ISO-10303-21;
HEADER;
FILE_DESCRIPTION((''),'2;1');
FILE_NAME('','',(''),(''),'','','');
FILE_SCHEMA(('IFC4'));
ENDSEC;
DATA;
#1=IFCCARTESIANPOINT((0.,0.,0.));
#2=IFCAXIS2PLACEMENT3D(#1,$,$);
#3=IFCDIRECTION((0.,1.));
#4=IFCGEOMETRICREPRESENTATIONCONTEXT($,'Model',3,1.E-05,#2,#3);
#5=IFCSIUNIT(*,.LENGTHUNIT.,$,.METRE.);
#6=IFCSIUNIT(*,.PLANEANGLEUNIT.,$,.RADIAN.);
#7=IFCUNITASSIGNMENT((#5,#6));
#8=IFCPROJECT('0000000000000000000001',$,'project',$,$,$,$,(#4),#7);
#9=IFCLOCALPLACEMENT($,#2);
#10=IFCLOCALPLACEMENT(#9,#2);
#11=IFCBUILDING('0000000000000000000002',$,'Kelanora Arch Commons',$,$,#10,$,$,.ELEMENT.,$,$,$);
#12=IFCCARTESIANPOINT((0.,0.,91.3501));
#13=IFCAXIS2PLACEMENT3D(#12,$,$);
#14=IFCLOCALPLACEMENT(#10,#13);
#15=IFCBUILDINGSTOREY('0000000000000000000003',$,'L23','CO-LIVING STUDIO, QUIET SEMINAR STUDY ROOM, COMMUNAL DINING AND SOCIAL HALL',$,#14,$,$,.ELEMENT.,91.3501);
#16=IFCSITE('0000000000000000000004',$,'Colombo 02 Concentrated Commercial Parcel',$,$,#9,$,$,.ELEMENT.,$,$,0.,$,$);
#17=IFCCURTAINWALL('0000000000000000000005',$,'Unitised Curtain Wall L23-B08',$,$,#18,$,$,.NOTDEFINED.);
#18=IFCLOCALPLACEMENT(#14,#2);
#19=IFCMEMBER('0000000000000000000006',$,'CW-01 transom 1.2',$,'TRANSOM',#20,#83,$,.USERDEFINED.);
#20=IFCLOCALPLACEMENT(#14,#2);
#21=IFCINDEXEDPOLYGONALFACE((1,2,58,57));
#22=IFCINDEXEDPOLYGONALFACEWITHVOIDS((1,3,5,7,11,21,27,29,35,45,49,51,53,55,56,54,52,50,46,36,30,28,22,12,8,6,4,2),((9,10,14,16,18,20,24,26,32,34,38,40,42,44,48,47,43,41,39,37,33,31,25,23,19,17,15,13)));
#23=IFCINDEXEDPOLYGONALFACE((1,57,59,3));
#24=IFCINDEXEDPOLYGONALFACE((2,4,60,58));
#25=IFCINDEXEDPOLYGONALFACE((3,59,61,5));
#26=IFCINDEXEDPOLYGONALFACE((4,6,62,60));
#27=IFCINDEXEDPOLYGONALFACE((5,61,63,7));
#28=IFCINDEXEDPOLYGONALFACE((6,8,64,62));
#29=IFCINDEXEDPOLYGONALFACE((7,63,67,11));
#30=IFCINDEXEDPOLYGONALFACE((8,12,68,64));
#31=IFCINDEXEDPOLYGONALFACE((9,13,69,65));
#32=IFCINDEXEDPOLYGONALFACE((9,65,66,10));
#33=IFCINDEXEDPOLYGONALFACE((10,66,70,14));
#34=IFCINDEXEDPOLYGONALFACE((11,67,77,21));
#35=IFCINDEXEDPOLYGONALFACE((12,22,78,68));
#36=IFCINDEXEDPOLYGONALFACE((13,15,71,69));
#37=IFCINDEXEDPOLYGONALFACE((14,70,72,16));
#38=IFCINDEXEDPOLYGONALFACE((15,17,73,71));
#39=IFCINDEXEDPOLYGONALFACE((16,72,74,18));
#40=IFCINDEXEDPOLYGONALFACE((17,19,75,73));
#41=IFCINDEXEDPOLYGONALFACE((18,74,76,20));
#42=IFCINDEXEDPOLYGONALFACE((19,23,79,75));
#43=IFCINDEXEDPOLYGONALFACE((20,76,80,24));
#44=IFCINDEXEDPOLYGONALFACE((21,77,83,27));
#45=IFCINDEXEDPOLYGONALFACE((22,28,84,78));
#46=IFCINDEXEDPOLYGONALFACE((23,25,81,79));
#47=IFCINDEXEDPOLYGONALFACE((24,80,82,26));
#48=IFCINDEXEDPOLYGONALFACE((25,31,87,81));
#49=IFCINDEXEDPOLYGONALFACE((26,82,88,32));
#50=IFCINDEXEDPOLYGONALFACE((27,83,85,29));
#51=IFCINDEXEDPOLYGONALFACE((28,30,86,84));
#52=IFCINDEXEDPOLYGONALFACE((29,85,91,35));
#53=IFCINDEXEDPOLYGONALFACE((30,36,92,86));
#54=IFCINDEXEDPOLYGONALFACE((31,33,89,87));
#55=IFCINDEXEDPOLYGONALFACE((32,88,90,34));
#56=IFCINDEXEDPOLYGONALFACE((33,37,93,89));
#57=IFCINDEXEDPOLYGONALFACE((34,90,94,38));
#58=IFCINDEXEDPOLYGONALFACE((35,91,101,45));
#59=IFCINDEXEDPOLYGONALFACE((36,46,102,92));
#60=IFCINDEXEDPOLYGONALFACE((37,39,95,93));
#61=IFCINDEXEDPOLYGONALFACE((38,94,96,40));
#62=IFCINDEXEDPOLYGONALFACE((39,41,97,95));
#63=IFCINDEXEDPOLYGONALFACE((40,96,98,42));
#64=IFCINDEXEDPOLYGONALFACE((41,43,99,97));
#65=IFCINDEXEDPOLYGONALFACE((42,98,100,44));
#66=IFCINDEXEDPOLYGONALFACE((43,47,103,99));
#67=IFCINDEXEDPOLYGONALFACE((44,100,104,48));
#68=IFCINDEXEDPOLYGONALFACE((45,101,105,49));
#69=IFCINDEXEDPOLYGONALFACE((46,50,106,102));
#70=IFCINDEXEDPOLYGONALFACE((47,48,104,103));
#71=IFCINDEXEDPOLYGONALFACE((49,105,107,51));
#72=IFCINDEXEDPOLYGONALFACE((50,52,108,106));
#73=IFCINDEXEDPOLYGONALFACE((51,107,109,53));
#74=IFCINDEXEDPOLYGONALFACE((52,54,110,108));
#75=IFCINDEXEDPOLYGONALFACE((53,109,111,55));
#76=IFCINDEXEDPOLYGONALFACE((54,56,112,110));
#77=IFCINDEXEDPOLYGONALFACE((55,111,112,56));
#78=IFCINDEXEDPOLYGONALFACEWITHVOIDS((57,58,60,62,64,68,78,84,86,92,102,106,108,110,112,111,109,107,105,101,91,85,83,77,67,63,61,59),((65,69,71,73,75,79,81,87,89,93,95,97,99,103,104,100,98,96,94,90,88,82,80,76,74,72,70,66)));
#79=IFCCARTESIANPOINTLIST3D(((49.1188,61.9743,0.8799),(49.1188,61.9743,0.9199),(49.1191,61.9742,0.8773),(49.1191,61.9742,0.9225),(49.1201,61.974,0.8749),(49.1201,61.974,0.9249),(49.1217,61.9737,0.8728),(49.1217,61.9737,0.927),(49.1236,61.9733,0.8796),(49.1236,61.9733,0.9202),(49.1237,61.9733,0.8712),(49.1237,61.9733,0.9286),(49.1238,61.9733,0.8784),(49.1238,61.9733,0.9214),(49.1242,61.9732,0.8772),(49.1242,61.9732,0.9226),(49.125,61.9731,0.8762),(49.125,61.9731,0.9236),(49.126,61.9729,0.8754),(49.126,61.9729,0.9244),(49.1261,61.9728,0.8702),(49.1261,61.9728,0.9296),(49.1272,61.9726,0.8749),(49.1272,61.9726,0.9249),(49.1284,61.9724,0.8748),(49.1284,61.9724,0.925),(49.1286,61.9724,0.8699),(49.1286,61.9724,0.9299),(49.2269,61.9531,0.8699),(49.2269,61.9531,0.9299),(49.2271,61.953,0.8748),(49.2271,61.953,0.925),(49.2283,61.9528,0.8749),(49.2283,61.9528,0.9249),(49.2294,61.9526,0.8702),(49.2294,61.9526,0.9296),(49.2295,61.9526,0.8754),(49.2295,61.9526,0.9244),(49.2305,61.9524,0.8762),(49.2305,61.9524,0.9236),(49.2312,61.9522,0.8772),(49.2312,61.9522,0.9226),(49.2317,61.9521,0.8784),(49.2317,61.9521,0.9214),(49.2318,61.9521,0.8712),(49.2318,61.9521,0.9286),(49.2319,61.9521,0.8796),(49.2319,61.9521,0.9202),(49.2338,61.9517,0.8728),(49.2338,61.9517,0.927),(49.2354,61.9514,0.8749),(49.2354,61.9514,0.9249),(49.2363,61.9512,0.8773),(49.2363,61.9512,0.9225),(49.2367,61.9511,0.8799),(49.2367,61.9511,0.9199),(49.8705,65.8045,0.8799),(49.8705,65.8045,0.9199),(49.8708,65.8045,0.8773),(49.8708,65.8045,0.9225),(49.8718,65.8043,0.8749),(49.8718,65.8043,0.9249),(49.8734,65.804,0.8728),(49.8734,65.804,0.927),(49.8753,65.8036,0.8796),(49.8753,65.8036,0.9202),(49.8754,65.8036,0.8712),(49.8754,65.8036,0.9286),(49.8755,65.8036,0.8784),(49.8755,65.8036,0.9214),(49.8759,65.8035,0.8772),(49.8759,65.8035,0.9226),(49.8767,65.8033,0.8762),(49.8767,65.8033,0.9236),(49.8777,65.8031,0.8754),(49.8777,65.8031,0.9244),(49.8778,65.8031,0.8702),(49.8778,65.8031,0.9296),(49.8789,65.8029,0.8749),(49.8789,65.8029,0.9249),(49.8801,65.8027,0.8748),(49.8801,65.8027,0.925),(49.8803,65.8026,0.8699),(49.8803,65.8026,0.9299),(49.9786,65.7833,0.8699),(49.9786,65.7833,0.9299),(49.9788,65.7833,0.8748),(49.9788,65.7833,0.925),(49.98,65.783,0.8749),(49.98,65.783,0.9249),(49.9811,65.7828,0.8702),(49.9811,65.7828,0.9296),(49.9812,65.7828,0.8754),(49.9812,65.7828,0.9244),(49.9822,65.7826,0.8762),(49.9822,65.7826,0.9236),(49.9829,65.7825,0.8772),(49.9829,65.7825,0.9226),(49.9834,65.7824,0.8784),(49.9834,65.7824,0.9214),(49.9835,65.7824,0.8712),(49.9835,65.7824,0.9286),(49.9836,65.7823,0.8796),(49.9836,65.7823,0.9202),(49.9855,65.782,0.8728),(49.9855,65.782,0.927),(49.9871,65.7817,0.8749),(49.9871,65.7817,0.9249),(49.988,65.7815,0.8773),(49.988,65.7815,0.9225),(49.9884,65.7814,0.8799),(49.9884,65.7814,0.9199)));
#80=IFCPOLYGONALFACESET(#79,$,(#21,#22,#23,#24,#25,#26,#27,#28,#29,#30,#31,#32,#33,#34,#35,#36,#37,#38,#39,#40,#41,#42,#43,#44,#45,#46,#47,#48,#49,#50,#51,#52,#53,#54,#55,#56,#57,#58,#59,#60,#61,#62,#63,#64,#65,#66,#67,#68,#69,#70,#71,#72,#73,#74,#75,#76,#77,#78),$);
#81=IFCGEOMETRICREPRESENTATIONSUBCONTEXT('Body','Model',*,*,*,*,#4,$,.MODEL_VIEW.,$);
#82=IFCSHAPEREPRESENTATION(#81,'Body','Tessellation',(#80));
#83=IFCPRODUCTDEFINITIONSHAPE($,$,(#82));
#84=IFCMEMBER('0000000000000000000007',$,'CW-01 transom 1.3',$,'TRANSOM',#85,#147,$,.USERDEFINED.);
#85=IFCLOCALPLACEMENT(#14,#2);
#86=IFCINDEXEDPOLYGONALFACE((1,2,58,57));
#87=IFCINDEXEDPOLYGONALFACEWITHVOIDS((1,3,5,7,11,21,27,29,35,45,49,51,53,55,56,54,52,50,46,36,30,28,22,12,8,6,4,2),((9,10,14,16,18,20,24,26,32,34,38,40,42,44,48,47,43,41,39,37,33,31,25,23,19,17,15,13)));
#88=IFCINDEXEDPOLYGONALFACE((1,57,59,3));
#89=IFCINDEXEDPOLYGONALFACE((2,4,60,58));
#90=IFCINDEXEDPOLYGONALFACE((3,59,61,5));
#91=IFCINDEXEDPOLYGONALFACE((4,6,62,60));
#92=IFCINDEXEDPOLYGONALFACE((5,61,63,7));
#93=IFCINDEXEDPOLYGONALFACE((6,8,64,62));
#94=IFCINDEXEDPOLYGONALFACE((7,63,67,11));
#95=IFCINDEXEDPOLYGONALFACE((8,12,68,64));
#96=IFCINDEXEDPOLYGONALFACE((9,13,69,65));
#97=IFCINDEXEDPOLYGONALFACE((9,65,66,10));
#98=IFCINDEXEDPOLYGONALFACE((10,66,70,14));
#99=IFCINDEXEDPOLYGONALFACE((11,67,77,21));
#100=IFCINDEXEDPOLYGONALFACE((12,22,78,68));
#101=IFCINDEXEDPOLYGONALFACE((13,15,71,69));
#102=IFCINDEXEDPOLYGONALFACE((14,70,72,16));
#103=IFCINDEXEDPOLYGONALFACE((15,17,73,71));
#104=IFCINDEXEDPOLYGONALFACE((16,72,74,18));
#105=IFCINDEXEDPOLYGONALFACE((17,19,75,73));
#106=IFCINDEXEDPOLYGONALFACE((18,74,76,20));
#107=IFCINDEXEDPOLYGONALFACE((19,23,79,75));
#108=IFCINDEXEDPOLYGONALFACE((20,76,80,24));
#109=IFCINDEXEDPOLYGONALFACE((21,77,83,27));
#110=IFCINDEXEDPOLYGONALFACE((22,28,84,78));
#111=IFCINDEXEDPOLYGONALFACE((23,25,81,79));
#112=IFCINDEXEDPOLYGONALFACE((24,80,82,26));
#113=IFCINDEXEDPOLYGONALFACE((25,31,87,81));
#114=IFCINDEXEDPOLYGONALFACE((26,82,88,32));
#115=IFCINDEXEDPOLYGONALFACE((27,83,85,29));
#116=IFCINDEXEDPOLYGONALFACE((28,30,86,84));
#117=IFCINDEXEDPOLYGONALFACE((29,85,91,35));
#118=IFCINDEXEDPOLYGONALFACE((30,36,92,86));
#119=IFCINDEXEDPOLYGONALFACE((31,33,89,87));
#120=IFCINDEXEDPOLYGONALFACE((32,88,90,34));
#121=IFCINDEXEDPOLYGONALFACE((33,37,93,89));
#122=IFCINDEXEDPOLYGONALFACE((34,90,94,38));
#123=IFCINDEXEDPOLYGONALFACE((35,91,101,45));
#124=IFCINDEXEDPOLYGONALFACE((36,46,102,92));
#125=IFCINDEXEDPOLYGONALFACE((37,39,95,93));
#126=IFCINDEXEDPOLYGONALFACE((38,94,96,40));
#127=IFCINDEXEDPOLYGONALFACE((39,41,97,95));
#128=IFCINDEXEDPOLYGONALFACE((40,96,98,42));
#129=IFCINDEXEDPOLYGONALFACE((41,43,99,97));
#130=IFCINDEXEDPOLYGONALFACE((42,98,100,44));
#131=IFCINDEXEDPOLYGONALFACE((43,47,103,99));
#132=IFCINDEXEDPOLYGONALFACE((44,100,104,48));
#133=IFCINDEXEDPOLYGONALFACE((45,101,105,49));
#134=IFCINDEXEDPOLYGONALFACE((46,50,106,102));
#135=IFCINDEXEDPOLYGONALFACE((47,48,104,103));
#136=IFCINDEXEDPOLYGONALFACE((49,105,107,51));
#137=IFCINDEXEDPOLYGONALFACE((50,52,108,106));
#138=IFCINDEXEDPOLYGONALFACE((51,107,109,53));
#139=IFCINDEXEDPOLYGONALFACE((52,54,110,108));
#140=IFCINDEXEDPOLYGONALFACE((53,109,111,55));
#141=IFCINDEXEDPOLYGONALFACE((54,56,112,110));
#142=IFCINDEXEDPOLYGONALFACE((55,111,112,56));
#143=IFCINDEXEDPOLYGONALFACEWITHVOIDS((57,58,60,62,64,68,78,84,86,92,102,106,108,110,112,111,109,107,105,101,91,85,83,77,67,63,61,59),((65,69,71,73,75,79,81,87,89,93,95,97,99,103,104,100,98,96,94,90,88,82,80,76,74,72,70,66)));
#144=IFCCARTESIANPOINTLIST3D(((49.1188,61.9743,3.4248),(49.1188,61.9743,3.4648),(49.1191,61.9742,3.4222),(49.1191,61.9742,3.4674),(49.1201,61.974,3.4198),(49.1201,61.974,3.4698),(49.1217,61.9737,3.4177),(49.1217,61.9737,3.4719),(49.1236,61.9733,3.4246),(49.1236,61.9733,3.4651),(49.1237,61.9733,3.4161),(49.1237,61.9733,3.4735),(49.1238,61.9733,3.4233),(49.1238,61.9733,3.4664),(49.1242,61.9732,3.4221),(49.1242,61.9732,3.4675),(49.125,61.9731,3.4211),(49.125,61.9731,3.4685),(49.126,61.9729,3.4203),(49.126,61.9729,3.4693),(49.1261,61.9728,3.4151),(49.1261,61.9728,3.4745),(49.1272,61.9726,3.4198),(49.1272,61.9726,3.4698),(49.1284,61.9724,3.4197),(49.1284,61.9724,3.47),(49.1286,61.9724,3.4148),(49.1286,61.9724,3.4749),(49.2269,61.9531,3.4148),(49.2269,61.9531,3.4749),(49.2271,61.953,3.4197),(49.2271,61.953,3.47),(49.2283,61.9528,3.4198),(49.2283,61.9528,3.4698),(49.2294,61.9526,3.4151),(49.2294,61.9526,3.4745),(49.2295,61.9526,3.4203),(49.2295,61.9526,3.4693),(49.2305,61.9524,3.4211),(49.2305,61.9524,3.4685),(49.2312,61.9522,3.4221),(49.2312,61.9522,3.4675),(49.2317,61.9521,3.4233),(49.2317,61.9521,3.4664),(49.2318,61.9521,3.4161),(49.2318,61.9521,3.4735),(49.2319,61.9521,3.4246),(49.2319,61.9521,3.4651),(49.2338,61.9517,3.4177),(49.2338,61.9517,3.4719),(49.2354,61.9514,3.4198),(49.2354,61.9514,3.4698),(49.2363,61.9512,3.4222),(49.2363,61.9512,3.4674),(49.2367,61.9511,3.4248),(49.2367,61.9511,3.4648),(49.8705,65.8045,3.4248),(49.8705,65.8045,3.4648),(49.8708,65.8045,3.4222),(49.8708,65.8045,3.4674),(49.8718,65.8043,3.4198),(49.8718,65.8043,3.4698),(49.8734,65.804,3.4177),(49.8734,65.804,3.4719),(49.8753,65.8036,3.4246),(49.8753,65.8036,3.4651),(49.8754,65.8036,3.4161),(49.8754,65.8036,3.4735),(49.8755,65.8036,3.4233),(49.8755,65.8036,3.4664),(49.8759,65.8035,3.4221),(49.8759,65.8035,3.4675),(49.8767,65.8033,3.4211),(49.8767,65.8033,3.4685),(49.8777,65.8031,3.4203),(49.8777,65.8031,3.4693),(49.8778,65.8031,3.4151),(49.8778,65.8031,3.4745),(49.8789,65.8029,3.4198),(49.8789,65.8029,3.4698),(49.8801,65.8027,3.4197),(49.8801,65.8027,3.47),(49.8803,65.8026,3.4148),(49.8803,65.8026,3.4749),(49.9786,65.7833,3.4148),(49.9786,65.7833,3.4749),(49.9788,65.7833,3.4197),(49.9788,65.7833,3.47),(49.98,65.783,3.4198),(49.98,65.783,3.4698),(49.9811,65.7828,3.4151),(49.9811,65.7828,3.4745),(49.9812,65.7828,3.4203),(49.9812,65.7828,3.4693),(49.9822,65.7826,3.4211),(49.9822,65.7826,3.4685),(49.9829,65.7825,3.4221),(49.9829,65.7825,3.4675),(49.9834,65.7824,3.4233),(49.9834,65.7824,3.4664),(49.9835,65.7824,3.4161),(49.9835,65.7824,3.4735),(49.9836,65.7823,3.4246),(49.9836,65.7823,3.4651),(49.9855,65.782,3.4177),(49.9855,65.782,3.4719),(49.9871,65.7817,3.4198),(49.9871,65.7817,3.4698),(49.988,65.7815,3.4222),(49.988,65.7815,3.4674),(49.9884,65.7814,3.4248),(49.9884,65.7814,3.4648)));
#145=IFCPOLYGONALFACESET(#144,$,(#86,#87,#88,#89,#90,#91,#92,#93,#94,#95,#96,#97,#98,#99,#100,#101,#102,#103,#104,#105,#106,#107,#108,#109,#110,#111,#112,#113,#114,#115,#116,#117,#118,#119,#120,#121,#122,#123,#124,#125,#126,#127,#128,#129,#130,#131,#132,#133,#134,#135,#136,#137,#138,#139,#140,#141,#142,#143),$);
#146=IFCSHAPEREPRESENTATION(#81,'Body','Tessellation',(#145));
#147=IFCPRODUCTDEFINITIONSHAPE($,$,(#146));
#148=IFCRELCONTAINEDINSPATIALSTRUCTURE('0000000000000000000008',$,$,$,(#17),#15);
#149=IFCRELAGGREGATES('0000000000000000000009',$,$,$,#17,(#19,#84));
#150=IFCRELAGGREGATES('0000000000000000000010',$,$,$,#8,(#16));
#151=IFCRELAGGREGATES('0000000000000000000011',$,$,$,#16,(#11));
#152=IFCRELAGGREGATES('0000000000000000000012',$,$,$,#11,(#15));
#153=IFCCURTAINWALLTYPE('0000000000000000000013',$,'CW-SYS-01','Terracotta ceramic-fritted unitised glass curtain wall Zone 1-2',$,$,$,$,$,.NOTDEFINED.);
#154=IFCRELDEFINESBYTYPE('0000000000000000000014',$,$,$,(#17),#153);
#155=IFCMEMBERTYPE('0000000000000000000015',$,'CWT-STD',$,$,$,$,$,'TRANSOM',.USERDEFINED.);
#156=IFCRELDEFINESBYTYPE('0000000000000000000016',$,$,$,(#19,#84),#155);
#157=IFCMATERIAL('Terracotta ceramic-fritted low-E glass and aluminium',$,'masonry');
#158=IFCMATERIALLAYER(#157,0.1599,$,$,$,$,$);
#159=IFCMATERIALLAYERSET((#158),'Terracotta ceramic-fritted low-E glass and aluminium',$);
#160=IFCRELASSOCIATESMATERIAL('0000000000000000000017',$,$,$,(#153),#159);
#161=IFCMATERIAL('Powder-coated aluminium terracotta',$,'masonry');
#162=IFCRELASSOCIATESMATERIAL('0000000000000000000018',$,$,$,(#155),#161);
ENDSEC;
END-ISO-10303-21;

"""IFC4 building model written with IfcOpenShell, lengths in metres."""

from ifc_helpers import new_model, si_unit, direction, frame, origin, origin_2d, place, context, subcontext, project, spatial, hollow_rectangle, extrude, material, layer, layer_set, material_profile, profile_set, type_object, element, aggregate, save


model = new_model("IFC4")

# Units and contexts
model_context = context("Model", 3, precision=1e-05, world=origin(), true_north=direction((0.0, 1.0)))
body_context = subcontext(model_context, "Body", "Model", "MODEL_VIEW")
ifc_project = project(units=[si_unit("LENGTHUNIT", "METRE"), si_unit("PLANEANGLEUNIT", "RADIAN")], contexts=[model_context])

# Site, building, storey
site_placement = place(None, origin())
site = spatial("IfcSite", under=ifc_project, at=site_placement, Name="Colombo 02 Concentrated Commercial Parcel", CompositionType="ELEMENT", RefElevation=0.0)
building_placement = place(site_placement, origin())
building = spatial("IfcBuilding", under=site, at=building_placement, Name="Kelanora Arch Commons", CompositionType="ELEMENT")
storey_placement = place(building_placement, frame((0.0, 0.0, 91.3501)))
storey = spatial("IfcBuildingStorey", under=building, at=storey_placement, Name="L23", Description="CO-LIVING STUDIO, QUIET SEMINAR STUDY ROOM, COMMUNAL DINING AND SOCIAL HALL", CompositionType="ELEMENT", Elevation=91.3501)

# Curtain wall, members
ifc_material_1 = material(Name="Terracotta ceramic-fritted low-E glass and aluminium", Category="masonry")
ifc_layer_1 = layer(ifc_material_1, 0.1599)
ifc_layer_set_1 = layer_set([ifc_layer_1], Name="Terracotta ceramic-fritted low-E glass and aluminium")
curtain_wall_type = type_object("IfcCurtainWallType", Name="CW-SYS-01", Description="Terracotta ceramic-fritted unitised glass curtain wall Zone 1-2", PredefinedType="NOTDEFINED", material=ifc_layer_set_1)
curtain_wall_placement = place(storey_placement, origin())
curtain_wall = element("IfcCurtainWall", 1, at=curtain_wall_placement, inside=storey, type_object=curtain_wall_type, Name="Unitised Curtain Wall L23-B08", PredefinedType="NOTDEFINED")
ifc_material_2 = material(Name="Powder-coated aluminium terracotta", Category="masonry")
ifc_material_profile_1 = material_profile(ifc_material_2, hollow_rectangle(XDim=0.1201, YDim=0.0601, WallThickness=0.0049, InnerFilletRadius=0.0049, OuterFilletRadius=0.01, at=origin_2d()), Name="CWT120x60")
ifc_profile_set_1 = profile_set([ifc_material_profile_1], Name="Powder-coated aluminium terracotta")
member_type_1 = type_object("IfcMemberType", Name="CWT-STD", ElementType="TRANSOM", PredefinedType="USERDEFINED", material=ifc_profile_set_1)
member_1_placement = place(storey_placement, frame((49.9294, 65.793, 0.8999), z_axis=(-0.192579, -0.981282, 0.0), x_axis=(0.981282, -0.192579, 0.0)))
member_1 = element("IfcMember", 2, at=member_1_placement, type_object=member_type_1, Name="CW-01 transom 1.2", ObjectType="TRANSOM", PredefinedType="USERDEFINED", context=body_context, shape_type="SweptSolid", body=[
    extrude(hollow_rectangle(XDim=0.1201, YDim=0.0601, WallThickness=0.0049, InnerFilletRadius=0.0049, OuterFilletRadius=0.01, at=origin_2d()), origin(), (0.0, 0.0, 1.0), 3.9033),
])
member_2_placement = place(storey_placement, frame((49.9294, 65.793, 3.4448), z_axis=(-0.192579, -0.981282, 0.0), x_axis=(0.981282, -0.192579, 0.0)))
member_2 = element("IfcMember", 3, at=member_2_placement, type_object=member_type_1, Name="CW-01 transom 1.3", ObjectType="TRANSOM", PredefinedType="USERDEFINED", context=body_context, shape_type="SweptSolid", body=[
    extrude(hollow_rectangle(XDim=0.1201, YDim=0.0601, WallThickness=0.0049, InnerFilletRadius=0.0049, OuterFilletRadius=0.01, at=origin_2d()), origin(), (0.0, 0.0, 1.0), 3.9033),
])
aggregate(curtain_wall, [member_1, member_2])

save(model, "model.ifc")
